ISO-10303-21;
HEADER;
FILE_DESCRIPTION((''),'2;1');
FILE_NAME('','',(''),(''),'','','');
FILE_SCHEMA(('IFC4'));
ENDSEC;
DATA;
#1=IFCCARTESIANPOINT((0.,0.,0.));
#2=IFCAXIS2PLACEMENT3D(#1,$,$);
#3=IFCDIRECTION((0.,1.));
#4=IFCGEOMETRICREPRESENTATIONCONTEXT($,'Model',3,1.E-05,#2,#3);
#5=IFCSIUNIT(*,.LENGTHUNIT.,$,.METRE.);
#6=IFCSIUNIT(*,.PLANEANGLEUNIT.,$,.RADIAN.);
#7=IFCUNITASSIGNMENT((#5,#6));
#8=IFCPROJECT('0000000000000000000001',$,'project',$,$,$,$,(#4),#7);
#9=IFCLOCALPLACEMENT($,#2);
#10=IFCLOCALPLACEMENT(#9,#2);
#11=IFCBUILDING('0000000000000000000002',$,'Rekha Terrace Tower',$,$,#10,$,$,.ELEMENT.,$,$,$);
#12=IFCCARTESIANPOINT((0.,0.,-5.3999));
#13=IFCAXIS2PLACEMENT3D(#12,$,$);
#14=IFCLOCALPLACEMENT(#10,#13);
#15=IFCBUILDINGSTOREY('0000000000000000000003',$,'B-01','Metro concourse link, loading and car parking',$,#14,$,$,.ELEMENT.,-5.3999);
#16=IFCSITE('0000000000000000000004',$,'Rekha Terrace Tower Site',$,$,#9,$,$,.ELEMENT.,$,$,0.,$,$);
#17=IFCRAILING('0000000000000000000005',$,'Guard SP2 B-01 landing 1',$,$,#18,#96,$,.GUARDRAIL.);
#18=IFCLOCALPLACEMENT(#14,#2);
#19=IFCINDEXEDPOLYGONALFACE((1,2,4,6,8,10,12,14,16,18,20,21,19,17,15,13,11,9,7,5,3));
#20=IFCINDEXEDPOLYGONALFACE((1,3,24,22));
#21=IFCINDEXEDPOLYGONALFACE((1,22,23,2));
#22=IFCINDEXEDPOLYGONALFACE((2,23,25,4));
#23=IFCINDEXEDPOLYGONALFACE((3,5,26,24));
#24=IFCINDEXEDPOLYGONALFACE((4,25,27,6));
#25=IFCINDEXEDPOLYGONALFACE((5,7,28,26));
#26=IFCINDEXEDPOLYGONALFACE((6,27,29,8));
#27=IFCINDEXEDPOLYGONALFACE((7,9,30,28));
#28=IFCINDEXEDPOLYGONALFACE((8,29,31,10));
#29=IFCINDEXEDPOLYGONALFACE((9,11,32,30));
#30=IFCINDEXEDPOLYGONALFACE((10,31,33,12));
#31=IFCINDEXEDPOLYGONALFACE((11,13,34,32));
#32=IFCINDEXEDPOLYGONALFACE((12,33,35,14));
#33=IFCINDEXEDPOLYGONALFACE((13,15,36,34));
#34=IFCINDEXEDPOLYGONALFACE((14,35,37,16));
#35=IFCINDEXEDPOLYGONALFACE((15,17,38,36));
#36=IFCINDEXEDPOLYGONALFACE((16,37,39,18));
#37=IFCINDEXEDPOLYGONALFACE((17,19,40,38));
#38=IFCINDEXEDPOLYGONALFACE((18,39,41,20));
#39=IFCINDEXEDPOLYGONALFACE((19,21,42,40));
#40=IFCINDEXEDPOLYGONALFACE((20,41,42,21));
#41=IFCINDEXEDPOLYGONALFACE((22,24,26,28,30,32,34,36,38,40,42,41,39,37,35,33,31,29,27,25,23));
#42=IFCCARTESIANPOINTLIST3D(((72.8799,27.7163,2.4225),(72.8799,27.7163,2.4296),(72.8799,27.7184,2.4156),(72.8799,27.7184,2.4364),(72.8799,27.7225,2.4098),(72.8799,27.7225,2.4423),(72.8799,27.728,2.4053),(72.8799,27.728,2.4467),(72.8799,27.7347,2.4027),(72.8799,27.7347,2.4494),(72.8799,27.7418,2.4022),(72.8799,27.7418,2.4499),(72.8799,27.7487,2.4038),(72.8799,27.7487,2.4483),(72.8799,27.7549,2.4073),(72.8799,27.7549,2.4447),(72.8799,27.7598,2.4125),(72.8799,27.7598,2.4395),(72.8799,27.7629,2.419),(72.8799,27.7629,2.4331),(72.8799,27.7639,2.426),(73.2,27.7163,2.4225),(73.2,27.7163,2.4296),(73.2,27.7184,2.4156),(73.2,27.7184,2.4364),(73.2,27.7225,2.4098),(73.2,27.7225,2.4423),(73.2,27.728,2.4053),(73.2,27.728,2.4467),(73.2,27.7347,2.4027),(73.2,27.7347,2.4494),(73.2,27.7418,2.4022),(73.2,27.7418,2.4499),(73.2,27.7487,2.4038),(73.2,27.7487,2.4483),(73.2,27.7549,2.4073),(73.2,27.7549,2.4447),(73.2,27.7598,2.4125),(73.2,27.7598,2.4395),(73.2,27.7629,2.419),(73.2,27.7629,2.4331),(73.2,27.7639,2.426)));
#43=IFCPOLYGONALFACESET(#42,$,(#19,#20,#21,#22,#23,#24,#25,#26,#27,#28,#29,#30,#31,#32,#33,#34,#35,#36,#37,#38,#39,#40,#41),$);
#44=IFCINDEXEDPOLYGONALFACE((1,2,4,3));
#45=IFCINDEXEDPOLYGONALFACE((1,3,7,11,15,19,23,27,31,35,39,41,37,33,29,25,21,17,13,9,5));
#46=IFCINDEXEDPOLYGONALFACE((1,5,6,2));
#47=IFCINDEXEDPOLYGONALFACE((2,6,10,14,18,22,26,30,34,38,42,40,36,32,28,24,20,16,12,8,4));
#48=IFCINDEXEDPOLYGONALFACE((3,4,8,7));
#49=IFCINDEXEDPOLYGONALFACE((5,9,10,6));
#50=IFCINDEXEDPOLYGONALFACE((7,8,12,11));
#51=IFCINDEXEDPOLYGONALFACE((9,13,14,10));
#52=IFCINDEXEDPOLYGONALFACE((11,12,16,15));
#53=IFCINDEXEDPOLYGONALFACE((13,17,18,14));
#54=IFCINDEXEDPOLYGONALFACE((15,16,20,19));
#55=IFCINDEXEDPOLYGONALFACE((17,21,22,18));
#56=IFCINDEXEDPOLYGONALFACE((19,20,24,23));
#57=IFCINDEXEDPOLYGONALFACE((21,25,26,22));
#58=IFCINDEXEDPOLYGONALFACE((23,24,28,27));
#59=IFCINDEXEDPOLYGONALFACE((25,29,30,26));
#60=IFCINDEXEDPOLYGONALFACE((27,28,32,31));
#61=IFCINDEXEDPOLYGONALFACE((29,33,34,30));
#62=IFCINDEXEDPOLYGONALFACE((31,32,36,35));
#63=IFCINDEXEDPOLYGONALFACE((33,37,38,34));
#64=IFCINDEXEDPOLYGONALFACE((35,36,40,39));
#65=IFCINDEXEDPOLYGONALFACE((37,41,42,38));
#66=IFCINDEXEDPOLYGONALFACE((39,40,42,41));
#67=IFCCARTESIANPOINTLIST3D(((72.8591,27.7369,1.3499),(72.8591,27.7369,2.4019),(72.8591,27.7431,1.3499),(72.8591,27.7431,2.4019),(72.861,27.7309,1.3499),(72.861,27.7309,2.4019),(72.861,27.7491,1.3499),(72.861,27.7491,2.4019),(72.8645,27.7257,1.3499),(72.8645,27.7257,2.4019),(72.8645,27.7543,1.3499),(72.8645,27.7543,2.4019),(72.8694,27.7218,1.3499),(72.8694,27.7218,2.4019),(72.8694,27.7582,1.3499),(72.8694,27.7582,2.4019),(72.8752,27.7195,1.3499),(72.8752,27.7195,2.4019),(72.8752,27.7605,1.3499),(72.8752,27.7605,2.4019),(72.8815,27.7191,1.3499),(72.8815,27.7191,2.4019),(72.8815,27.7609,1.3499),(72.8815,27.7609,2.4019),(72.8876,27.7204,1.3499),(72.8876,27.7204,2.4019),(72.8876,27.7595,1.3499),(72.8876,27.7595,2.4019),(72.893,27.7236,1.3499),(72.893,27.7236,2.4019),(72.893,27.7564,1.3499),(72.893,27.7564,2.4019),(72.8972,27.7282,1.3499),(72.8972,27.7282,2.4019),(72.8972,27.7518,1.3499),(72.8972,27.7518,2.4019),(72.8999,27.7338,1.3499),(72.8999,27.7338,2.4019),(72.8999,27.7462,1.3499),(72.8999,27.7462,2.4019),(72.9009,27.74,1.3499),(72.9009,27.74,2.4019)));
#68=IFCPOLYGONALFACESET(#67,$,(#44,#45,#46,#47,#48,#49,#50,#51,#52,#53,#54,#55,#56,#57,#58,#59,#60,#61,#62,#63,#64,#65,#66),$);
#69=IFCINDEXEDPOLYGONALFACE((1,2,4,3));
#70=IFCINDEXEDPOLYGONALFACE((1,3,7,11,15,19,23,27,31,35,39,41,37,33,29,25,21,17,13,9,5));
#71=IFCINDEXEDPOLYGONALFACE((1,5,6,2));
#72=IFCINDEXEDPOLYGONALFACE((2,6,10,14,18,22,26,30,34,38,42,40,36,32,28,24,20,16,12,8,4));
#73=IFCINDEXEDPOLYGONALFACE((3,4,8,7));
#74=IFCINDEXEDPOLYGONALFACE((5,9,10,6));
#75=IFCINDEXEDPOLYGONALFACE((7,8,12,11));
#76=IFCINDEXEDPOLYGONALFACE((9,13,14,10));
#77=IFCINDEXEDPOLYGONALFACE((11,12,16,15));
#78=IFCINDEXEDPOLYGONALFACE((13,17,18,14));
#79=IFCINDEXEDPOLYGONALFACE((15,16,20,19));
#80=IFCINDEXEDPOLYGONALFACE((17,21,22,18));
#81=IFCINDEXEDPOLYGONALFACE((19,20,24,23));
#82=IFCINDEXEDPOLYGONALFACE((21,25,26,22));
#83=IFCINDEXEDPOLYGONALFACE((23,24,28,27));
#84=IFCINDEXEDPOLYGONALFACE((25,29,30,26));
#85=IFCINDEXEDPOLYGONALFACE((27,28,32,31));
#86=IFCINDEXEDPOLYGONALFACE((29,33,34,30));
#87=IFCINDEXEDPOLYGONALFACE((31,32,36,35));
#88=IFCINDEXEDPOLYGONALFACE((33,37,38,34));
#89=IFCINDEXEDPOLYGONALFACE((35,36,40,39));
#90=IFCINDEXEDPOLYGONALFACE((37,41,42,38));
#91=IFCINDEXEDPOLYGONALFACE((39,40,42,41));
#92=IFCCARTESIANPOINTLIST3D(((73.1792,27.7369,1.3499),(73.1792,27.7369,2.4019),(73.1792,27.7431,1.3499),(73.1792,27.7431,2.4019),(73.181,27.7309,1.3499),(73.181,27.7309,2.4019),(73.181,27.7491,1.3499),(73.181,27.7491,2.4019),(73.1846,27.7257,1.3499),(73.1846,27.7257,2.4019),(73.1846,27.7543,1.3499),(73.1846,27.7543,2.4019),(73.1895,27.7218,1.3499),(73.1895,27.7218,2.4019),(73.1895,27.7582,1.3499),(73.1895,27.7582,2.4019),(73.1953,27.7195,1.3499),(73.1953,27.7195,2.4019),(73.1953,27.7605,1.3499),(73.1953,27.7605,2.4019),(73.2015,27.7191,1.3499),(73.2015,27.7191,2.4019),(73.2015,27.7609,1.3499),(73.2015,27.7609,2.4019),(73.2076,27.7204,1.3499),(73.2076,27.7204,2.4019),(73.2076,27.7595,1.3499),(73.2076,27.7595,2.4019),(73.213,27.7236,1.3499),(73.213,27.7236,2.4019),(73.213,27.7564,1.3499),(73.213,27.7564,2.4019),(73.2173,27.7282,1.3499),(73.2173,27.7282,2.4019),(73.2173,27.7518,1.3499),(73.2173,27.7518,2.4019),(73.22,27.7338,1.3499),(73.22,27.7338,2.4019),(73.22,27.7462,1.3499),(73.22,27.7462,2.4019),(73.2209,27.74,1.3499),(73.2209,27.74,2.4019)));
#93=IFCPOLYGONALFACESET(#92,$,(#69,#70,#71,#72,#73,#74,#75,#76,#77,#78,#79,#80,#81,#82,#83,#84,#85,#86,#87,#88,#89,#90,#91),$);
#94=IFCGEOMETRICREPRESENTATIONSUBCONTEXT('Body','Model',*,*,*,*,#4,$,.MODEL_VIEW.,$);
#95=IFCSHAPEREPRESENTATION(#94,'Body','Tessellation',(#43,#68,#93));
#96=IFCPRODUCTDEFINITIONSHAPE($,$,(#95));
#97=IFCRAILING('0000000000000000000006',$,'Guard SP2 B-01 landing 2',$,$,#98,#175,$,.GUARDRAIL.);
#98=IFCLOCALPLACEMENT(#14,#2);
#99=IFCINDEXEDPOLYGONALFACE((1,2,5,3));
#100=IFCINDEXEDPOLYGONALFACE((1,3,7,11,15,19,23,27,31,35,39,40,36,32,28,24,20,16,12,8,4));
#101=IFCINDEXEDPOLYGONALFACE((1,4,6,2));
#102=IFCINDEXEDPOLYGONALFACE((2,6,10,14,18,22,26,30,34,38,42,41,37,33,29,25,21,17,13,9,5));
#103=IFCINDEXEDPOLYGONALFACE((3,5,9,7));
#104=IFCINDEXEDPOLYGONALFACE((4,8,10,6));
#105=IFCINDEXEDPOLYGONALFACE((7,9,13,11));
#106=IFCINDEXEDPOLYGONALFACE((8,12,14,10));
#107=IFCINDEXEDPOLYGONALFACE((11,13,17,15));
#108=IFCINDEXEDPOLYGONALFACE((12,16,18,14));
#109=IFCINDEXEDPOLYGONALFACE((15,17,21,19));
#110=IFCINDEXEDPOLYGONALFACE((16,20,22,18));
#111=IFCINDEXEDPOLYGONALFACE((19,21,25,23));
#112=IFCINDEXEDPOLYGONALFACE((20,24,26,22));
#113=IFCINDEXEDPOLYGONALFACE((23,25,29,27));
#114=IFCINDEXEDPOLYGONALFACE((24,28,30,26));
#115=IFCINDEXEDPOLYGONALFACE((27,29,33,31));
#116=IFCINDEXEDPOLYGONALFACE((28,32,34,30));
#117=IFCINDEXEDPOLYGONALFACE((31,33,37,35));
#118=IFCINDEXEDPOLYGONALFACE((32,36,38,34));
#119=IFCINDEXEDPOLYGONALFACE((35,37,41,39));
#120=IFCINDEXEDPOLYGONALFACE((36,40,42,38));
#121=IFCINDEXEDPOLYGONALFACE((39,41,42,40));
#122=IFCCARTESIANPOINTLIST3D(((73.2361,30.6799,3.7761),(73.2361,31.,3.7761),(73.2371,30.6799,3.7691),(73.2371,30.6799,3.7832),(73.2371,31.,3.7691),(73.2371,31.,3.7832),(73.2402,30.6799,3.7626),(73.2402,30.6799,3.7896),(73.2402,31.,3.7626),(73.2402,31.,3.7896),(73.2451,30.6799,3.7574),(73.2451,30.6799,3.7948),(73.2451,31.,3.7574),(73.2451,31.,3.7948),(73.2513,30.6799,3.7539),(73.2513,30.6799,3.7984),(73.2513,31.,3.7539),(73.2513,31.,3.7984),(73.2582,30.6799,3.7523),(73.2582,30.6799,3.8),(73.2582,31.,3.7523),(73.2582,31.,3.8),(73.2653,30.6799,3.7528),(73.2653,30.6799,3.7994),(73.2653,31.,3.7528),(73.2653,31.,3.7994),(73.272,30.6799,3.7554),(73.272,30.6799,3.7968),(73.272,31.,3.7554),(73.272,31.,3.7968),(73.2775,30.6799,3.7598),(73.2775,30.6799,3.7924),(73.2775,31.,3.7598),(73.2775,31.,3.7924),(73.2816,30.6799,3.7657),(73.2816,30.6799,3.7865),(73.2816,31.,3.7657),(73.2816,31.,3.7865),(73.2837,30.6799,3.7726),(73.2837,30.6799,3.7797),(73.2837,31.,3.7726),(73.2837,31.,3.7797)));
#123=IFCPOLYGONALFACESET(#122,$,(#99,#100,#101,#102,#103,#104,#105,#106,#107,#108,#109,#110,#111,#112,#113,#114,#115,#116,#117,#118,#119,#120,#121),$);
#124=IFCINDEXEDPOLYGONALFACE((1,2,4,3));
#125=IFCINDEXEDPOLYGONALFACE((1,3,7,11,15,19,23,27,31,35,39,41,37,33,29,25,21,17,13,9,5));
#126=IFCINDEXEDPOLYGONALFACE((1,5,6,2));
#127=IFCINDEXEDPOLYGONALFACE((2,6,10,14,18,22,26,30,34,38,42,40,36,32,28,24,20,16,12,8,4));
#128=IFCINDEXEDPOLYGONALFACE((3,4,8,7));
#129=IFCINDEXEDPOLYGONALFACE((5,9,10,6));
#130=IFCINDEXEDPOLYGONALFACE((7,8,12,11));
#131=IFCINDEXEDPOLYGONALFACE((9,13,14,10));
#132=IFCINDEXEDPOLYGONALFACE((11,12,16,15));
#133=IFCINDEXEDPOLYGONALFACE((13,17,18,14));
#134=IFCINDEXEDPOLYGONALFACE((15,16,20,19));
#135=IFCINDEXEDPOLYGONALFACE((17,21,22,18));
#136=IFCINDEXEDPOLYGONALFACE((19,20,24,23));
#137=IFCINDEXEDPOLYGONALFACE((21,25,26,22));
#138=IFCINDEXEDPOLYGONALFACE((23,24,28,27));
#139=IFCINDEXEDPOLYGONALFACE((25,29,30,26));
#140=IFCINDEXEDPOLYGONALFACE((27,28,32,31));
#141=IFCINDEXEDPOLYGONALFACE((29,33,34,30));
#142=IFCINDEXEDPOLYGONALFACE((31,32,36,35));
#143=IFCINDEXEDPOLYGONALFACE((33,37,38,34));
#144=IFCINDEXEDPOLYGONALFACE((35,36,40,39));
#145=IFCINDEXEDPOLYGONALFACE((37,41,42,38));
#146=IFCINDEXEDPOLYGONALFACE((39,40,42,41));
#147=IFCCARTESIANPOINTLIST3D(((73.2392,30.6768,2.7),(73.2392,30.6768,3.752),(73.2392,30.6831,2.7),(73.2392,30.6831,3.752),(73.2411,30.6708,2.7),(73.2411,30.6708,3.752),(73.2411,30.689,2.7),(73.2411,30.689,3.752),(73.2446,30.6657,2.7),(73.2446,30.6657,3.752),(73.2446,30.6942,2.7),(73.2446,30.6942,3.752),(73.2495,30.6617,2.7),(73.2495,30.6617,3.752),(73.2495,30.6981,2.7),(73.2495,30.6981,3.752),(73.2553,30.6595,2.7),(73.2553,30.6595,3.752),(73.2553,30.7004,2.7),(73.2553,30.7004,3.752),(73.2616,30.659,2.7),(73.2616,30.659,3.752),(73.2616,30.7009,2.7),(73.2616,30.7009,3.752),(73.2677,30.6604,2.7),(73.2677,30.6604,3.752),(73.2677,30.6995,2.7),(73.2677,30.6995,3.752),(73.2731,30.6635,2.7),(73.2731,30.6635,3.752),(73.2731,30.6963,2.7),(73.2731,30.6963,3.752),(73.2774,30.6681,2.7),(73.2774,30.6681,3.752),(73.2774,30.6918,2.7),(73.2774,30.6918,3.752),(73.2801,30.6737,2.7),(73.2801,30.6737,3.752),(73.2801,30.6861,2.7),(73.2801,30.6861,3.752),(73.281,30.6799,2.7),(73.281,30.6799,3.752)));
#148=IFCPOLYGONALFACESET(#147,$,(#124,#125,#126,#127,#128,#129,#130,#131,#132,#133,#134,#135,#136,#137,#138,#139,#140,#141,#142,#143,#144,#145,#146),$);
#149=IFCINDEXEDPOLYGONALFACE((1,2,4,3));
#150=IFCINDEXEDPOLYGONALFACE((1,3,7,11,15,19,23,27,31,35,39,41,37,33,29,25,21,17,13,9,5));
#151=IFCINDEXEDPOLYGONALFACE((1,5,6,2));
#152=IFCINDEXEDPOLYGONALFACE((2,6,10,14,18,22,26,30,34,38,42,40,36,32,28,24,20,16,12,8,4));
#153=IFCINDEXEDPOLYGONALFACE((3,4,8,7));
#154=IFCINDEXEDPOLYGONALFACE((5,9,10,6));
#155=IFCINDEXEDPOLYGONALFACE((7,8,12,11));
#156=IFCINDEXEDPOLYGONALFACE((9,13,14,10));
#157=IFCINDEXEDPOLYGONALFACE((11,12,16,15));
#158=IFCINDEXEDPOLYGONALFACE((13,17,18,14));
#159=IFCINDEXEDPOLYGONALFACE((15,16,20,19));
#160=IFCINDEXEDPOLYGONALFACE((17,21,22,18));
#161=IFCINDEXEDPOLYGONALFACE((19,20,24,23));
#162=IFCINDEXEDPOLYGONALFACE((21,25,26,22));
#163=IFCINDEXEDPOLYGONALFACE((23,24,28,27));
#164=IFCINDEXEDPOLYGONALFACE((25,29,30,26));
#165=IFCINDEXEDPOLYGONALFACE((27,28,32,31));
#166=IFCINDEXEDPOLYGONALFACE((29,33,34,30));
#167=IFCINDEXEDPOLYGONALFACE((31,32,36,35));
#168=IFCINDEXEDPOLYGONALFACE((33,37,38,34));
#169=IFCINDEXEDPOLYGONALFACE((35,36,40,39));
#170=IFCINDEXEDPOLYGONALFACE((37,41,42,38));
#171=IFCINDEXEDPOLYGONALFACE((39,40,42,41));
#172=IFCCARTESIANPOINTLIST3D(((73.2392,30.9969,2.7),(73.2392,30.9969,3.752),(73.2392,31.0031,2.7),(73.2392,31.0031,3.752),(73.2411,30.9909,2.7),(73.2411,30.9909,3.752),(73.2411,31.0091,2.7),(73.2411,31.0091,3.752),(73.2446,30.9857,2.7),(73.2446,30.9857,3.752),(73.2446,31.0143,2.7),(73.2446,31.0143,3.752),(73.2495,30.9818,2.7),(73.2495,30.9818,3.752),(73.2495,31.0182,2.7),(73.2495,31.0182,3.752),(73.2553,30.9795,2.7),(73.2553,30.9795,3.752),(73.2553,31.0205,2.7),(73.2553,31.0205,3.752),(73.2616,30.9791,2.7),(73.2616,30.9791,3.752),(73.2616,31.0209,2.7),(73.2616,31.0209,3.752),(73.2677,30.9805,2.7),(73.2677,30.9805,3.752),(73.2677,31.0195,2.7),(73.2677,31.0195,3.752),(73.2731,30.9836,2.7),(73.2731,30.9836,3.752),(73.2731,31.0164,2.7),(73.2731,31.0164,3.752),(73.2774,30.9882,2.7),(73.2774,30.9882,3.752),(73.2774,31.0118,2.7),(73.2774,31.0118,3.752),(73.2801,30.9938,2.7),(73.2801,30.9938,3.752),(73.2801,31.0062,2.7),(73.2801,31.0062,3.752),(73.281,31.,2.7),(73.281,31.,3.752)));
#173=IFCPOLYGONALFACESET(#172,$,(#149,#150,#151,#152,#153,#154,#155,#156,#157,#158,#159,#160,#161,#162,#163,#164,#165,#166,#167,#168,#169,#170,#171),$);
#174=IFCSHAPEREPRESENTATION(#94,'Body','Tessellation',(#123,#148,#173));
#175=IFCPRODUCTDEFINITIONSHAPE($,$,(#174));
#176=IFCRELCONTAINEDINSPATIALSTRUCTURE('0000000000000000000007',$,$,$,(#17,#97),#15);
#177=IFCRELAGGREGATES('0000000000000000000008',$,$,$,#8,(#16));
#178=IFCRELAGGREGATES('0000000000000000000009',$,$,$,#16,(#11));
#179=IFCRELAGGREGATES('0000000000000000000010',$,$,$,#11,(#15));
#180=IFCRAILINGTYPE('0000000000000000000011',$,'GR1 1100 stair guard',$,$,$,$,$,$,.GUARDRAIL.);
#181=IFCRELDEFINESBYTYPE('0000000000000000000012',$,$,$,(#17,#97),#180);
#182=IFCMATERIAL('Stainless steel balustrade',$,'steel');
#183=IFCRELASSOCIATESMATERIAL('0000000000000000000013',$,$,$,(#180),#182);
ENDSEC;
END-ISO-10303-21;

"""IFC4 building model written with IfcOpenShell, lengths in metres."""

from ifc_helpers import new_model, si_unit, direction, frame, origin, origin_2d, place, context, subcontext, project, spatial, circle, extrude, material, type_object, element, save


model = new_model("IFC4")

# Units and contexts
model_context = context("Model", 3, precision=1e-05, world=origin(), true_north=direction((0.0, 1.0)))
body_context = subcontext(model_context, "Body", "Model", "MODEL_VIEW")
ifc_project = project(units=[si_unit("LENGTHUNIT", "METRE"), si_unit("PLANEANGLEUNIT", "RADIAN")], contexts=[model_context])

# Site, building, storey
site_placement = place(None, origin())
site = spatial("IfcSite", under=ifc_project, at=site_placement, Name="Rekha Terrace Tower Site", CompositionType="ELEMENT", RefElevation=0.0)
building_placement = place(site_placement, origin())
building = spatial("IfcBuilding", under=site, at=building_placement, Name="Rekha Terrace Tower", CompositionType="ELEMENT")
storey_placement = place(building_placement, frame((0.0, 0.0, -5.3999)))
storey = spatial("IfcBuildingStorey", under=building, at=storey_placement, Name="B-01", Description="Metro concourse link, loading and car parking", CompositionType="ELEMENT", Elevation=-5.3999)

# Railings
ifc_material_1 = material(Name="Stainless steel balustrade", Category="steel")
railing_type_1 = type_object("IfcRailingType", Name="GR1 1100 stair guard", PredefinedType="GUARDRAIL", material=ifc_material_1)
railing_1_placement = place(storey_placement, frame((72.8799, 27.74, 1.3499)))
element("IfcRailing", 1, at=railing_1_placement, inside=storey, type_object=railing_type_1, Name="Guard SP2 B-01 landing 1", PredefinedType="GUARDRAIL", context=body_context, shape_type="SweptSolid", body=[
    extrude(circle(Radius=0.0239, at=origin_2d()), frame((0.0, 0.0, 1.0762), z_axis=(1.0, 0.0, 0.0), x_axis=(0.0, 1.0, 0.0)), (0.0, 0.0, 1.0), 0.3201),
    extrude(circle(Radius=0.021, at=origin_2d()), origin(), (0.0, 0.0, 1.0), 1.052),
    extrude(circle(Radius=0.021, at=origin_2d()), frame((0.3201, 0.0, 0.0)), (0.0, 0.0, 1.0), 1.052),
])
railing_2_placement = place(storey_placement, frame((73.26, 30.6799, 2.7)))
element("IfcRailing", 2, at=railing_2_placement, inside=storey, type_object=railing_type_1, Name="Guard SP2 B-01 landing 2", PredefinedType="GUARDRAIL", context=body_context, shape_type="SweptSolid", body=[
    extrude(circle(Radius=0.0239, at=origin_2d()), frame((0.0, 0.0, 1.0762), z_axis=(0.0, 1.0, 0.0), x_axis=(-1.0, 0.0, 0.0)), (0.0, 0.0, 1.0), 0.3201),
    extrude(circle(Radius=0.021, at=origin_2d()), origin(), (0.0, 0.0, 1.0), 1.052),
    extrude(circle(Radius=0.021, at=origin_2d()), frame((0.0, 0.3201, 0.0)), (0.0, 0.0, 1.0), 1.052),
])

save(model, "model.ifc")
